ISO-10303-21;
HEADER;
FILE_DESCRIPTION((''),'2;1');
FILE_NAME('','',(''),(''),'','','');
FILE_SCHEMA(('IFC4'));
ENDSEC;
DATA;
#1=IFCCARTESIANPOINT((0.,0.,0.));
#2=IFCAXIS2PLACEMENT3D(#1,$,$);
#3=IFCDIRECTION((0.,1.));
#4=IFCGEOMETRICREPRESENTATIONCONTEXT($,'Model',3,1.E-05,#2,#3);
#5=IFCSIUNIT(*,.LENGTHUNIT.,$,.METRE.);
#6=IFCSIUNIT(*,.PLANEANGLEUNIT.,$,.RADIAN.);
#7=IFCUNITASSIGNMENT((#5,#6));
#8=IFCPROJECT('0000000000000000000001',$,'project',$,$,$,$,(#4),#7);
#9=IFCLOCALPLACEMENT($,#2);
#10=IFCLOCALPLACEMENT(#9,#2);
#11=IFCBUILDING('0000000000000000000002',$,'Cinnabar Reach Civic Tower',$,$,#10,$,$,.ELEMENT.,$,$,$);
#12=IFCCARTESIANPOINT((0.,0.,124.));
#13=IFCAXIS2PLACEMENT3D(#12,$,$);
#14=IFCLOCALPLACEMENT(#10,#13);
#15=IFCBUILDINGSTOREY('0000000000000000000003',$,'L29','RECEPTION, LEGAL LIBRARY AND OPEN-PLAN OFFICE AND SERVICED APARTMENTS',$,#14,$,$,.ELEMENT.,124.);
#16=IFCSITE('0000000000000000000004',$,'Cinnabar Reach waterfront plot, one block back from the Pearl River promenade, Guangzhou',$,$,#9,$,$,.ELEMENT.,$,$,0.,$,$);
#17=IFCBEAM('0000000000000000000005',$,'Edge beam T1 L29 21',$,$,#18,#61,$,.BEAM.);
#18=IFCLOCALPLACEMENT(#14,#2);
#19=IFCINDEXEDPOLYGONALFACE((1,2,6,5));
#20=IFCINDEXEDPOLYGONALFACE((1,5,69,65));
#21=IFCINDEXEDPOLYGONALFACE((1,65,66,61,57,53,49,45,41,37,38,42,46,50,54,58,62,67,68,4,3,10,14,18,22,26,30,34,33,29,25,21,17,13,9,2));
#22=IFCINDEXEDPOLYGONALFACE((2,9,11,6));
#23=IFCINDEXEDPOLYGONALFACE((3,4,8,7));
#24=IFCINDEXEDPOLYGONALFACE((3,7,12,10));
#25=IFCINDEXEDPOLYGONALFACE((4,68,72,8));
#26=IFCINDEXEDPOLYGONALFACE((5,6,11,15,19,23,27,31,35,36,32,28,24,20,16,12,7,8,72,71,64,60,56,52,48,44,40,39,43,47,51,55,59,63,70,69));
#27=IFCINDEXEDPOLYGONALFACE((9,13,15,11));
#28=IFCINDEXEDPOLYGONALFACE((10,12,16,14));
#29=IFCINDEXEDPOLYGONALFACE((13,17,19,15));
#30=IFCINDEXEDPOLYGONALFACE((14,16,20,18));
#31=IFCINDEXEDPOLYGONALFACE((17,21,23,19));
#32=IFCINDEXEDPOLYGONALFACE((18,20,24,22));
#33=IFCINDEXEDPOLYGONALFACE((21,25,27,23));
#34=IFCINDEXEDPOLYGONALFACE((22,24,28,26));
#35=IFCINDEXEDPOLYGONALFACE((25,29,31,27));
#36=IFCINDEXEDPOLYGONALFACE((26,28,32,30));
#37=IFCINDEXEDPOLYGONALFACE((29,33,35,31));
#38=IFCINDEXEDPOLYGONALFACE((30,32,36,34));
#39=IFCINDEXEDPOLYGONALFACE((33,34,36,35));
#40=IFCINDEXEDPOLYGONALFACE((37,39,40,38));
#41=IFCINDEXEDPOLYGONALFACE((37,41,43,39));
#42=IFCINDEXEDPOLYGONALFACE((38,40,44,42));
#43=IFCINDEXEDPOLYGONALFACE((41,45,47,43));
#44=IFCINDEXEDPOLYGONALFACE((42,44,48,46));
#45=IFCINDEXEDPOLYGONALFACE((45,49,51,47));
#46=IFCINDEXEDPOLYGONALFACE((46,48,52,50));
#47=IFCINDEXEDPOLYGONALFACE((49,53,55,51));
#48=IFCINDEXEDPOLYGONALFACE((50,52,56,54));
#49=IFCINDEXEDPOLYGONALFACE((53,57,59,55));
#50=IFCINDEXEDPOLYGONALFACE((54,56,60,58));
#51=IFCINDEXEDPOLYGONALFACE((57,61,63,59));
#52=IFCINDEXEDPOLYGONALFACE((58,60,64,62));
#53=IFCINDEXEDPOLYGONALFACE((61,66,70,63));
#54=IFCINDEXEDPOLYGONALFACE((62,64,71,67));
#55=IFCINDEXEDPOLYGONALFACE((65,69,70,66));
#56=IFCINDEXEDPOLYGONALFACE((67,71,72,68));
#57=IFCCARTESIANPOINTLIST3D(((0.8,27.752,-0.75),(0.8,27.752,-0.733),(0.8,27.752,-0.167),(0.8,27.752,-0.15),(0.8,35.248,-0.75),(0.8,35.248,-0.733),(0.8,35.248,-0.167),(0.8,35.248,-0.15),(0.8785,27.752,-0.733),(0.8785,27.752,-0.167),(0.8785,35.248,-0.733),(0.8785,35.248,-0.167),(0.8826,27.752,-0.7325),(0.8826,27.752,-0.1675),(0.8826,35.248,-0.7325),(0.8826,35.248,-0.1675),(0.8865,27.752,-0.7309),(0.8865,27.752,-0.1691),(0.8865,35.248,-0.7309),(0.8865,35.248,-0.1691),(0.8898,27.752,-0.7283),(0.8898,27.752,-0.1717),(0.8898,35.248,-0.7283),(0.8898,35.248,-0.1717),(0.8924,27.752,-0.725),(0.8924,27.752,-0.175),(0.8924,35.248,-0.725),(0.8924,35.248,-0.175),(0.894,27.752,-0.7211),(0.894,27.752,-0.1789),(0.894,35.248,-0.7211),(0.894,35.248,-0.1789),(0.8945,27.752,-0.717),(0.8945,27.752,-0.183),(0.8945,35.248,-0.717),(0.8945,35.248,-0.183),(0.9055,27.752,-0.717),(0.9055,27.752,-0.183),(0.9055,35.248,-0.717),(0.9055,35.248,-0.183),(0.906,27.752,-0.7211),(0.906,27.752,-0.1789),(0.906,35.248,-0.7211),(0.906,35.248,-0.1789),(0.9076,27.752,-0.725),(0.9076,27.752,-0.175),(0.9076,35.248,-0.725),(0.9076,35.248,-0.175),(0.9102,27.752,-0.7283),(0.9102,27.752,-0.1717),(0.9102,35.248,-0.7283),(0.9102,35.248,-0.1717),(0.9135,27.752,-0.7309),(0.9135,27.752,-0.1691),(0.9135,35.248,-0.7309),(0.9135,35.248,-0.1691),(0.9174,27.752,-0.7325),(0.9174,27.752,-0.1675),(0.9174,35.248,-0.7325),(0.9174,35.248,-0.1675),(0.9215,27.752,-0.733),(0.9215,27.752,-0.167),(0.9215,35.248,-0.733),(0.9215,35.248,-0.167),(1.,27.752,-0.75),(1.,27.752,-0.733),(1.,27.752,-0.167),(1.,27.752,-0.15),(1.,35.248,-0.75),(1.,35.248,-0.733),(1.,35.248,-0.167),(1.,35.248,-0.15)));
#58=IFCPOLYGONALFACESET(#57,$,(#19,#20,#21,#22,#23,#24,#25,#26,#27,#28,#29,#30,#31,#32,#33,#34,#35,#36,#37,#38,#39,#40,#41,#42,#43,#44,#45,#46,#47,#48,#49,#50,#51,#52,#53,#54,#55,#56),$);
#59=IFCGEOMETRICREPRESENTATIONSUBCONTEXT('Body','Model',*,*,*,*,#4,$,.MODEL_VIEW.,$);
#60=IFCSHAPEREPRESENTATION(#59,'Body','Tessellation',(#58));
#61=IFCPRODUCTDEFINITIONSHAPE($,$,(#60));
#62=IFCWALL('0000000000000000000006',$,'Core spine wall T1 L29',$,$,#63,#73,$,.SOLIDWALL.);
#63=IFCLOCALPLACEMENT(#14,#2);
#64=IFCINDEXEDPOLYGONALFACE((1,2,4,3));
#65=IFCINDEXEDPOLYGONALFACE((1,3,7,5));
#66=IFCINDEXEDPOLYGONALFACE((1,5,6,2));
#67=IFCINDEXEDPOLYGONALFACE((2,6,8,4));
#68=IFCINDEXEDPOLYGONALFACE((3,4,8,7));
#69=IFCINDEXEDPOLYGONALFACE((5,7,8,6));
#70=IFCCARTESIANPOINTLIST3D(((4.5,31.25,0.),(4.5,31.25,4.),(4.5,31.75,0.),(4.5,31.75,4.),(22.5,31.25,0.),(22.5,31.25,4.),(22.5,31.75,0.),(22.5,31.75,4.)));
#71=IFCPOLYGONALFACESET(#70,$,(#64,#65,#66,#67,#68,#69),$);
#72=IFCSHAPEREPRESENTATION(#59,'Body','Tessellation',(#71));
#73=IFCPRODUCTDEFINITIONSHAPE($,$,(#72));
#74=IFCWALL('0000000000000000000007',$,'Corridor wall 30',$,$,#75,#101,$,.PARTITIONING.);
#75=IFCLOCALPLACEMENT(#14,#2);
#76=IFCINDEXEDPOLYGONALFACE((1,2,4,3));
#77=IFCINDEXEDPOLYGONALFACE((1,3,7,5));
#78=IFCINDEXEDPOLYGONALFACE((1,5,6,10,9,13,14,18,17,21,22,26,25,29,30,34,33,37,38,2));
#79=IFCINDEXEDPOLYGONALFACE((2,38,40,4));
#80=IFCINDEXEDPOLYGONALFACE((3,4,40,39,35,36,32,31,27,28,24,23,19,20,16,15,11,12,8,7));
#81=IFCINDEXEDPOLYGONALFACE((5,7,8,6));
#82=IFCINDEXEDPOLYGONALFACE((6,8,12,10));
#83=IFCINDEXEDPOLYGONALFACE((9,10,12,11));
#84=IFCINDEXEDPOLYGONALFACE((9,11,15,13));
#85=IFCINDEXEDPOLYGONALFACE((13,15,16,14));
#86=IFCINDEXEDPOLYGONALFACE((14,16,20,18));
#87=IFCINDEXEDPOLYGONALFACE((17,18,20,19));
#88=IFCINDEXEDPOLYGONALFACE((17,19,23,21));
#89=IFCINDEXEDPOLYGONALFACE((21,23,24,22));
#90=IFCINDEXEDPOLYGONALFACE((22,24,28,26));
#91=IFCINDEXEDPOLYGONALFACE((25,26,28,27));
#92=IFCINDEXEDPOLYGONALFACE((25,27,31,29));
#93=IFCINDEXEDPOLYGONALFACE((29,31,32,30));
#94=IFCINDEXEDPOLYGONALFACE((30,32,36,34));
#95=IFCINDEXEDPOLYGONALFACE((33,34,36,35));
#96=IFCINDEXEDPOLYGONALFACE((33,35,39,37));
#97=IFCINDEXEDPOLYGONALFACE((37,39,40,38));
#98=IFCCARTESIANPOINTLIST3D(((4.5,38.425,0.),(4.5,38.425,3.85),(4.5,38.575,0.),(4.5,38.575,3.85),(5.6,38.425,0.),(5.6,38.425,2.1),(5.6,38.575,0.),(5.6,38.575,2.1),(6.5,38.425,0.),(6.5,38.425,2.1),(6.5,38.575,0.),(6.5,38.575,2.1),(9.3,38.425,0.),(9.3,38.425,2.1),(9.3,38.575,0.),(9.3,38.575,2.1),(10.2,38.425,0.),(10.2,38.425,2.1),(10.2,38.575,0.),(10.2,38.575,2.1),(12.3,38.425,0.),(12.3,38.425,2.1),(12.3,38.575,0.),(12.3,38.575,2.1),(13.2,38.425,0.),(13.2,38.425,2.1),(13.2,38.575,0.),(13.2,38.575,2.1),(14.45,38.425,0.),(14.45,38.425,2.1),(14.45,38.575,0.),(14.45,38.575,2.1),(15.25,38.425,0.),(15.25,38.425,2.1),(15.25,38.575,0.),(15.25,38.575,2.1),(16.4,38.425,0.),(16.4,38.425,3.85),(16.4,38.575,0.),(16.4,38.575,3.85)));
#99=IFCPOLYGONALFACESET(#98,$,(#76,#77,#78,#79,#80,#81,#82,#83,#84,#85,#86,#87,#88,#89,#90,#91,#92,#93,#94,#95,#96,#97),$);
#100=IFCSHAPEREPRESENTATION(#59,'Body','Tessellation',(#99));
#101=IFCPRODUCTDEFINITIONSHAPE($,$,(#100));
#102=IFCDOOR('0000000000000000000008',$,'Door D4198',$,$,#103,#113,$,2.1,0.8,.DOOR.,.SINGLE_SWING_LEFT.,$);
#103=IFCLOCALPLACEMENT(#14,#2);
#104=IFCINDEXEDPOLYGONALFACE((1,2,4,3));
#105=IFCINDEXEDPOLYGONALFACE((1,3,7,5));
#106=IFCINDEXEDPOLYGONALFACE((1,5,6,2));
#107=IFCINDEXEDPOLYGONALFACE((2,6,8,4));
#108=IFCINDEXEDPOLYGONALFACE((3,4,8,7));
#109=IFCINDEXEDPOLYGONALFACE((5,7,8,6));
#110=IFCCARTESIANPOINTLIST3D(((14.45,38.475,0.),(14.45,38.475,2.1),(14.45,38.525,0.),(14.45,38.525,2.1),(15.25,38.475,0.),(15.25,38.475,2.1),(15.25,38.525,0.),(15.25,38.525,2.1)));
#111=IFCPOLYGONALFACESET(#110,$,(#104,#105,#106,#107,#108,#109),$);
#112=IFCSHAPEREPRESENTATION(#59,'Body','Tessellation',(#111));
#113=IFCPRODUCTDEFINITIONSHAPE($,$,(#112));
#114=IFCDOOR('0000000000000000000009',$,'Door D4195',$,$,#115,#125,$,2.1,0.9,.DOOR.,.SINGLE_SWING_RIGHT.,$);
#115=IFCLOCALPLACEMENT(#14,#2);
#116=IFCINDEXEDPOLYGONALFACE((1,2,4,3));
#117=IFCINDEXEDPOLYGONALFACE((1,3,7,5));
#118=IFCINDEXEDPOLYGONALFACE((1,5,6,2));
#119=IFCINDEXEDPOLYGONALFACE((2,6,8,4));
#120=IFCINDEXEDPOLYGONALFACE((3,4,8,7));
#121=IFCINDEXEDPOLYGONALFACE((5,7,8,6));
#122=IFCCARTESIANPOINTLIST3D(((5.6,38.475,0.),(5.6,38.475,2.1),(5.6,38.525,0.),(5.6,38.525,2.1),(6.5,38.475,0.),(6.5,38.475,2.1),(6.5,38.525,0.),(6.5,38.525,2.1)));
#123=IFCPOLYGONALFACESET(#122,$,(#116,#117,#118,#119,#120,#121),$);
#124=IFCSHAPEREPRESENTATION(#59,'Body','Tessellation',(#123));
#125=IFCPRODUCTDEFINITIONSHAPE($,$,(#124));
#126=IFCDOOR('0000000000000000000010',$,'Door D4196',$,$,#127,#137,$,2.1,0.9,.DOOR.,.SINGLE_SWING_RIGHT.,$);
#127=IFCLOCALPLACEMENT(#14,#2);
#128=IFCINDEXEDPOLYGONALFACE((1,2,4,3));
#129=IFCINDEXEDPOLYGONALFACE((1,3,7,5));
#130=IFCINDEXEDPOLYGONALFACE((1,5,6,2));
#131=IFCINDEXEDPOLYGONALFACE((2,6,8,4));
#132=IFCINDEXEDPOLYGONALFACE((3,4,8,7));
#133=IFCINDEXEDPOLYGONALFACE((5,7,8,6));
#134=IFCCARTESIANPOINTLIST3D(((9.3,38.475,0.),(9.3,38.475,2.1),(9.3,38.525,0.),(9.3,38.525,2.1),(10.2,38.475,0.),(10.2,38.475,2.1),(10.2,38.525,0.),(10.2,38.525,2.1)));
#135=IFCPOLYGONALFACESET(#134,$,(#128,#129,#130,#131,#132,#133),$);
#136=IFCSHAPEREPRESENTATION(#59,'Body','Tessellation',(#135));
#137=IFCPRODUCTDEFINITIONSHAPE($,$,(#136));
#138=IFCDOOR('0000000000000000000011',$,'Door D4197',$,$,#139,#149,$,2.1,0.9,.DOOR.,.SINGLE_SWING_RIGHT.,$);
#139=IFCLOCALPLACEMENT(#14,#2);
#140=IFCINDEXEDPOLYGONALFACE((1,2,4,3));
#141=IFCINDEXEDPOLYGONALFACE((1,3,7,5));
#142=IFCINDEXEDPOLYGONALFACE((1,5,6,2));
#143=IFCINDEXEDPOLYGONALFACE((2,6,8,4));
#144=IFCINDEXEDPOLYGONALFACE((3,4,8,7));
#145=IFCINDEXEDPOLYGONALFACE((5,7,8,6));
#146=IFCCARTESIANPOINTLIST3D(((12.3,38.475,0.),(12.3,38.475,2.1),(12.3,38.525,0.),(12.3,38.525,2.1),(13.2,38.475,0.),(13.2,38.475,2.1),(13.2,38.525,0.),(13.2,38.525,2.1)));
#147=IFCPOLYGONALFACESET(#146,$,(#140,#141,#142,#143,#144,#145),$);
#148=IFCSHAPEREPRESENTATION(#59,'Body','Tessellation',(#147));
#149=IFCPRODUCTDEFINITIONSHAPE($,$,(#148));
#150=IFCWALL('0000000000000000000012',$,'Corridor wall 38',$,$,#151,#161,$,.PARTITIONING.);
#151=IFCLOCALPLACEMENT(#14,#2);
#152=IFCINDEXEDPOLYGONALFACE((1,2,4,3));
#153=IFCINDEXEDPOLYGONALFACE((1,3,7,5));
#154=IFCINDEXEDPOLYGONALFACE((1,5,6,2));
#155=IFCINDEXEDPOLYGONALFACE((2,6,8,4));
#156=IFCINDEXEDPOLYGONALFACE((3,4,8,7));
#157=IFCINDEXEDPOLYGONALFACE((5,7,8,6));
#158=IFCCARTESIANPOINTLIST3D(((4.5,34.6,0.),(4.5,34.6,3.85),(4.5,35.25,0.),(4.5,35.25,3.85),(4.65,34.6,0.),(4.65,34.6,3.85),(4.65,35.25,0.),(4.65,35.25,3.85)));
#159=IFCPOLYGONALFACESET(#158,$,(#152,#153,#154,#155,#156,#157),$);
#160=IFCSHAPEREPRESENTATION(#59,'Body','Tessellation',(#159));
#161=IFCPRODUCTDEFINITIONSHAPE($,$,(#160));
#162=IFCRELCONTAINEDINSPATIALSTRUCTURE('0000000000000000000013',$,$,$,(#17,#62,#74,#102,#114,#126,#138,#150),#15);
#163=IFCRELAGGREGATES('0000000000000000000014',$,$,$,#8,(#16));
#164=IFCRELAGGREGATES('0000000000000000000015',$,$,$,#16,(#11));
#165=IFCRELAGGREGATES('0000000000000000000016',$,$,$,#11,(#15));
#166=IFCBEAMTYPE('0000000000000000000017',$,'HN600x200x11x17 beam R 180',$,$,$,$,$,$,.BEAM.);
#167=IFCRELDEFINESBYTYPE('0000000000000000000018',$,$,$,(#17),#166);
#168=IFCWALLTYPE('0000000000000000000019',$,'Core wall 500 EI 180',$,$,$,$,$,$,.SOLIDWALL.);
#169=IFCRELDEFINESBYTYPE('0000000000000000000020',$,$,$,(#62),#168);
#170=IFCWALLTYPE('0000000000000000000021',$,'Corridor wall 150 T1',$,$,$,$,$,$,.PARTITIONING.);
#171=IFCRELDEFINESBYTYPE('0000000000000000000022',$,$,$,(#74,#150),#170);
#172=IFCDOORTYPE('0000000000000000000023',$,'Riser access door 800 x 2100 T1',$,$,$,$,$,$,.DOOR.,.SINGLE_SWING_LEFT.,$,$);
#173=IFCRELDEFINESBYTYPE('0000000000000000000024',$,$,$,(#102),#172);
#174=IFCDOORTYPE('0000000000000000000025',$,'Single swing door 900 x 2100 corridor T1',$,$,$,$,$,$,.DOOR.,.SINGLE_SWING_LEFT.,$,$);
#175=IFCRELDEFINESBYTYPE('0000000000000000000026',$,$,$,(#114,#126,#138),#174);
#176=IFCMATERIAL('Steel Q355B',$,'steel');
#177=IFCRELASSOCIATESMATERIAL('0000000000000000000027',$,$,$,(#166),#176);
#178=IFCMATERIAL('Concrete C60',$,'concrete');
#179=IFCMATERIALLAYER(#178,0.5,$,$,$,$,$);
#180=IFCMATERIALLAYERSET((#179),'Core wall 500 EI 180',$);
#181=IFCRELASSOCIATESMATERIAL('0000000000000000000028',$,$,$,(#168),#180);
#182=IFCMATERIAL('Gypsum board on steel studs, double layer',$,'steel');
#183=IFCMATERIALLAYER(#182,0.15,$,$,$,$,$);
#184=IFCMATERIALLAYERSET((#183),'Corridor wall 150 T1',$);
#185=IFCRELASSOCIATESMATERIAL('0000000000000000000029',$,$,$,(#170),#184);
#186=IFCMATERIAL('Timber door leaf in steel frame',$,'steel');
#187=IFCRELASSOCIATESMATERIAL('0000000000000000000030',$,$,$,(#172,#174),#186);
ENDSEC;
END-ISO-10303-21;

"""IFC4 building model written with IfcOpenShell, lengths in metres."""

from ifc_helpers import new_model, si_unit, direction, frame, frame_2d, origin, origin_2d, place, context, subcontext, project, spatial, rectangle, i_section, extrude, material, layer, layer_set, material_profile, profile_set, type_object, element, fill, save


model = new_model("IFC4")

# Units and contexts
model_context = context("Model", 3, precision=1e-05, world=origin(), true_north=direction((0.0, 1.0)))
body_context = subcontext(model_context, "Body", "Model", "MODEL_VIEW")
ifc_project = project(units=[si_unit("LENGTHUNIT", "METRE"), si_unit("PLANEANGLEUNIT", "RADIAN")], contexts=[model_context])

# Site, building, storey
site_placement = place(None, origin())
site = spatial("IfcSite", under=ifc_project, at=site_placement, Name="Cinnabar Reach waterfront plot, one block back from the Pearl River promenade, Guangzhou", CompositionType="ELEMENT", RefElevation=0.0)
building_placement = place(site_placement, origin())
building = spatial("IfcBuilding", under=site, at=building_placement, Name="Cinnabar Reach Civic Tower", CompositionType="ELEMENT")
storey_placement = place(building_placement, frame((0.0, 0.0, 124.0)))
storey = spatial("IfcBuildingStorey", under=building, at=storey_placement, Name="L29", Description="RECEPTION, LEGAL LIBRARY AND OPEN-PLAN OFFICE AND SERVICED APARTMENTS", CompositionType="ELEMENT", Elevation=124.0)

# Beam
ifc_material_1 = material(Name="Steel Q355B", Category="steel")
ifc_material_profile = material_profile(ifc_material_1, i_section(OverallWidth=0.2, OverallDepth=0.6, WebThickness=0.011, FlangeThickness=0.017, FilletRadius=0.016, at=origin_2d()), Name="HN600x200x11x17")
ifc_profile_set = profile_set([ifc_material_profile], Name="Steel Q355B")
beam_type = type_object("IfcBeamType", Name="HN600x200x11x17 beam R 180", PredefinedType="BEAM", material=ifc_profile_set)
beam_placement = place(storey_placement, frame((0.9, 35.248, -0.45), z_axis=(0.0, -1.0, 0.0), x_axis=(1.0, 0.0, 0.0)))
element("IfcBeam", 1, at=beam_placement, inside=storey, type_object=beam_type, Name="Edge beam T1 L29 21", PredefinedType="BEAM", context=body_context, shape_type="SweptSolid", body=[
    extrude(i_section(OverallWidth=0.2, OverallDepth=0.6, WebThickness=0.011, FlangeThickness=0.017, FilletRadius=0.016, at=origin_2d()), origin(), (0.0, 0.0, 1.0), 7.496),
])

# Wall
ifc_material_2 = material(Name="Concrete C60", Category="concrete")
ifc_layer_1 = layer(ifc_material_2, 0.5)
ifc_layer_set_1 = layer_set([ifc_layer_1], Name="Core wall 500 EI 180")
wall_type_1 = type_object("IfcWallType", Name="Core wall 500 EI 180", PredefinedType="SOLIDWALL", material=ifc_layer_set_1)
wall_1_placement = place(storey_placement, frame((4.5, 31.5, 0.0), z_axis=(0.0, 0.0, 1.0), x_axis=(1.0, 0.0, 0.0)))
element("IfcWall", 2, at=wall_1_placement, inside=storey, type_object=wall_type_1, Name="Core spine wall T1 L29", PredefinedType="SOLIDWALL", context=body_context, shape_type="SweptSolid", body=[
    extrude(rectangle(XDim=18.0, YDim=0.5, at=frame_2d((9.0, 0.0))), origin(), (0.0, 0.0, 1.0), 4.0),
])

# Wall, openings, doors
ifc_material_3 = material(Name="Gypsum board on steel studs, double layer", Category="steel")
ifc_layer_2 = layer(ifc_material_3, 0.15)
ifc_layer_set_2 = layer_set([ifc_layer_2], Name="Corridor wall 150 T1")
wall_type_2 = type_object("IfcWallType", Name="Corridor wall 150 T1", PredefinedType="PARTITIONING", material=ifc_layer_set_2)
wall_2_placement = place(storey_placement, frame((4.5, 38.5, 0.0), z_axis=(0.0, 0.0, 1.0), x_axis=(1.0, 0.0, 0.0)))
wall_2 = element("IfcWall", 3, at=wall_2_placement, inside=storey, type_object=wall_type_2, Name="Corridor wall 30", PredefinedType="PARTITIONING", context=body_context, shape_type="SweptSolid", body=[
    extrude(rectangle(XDim=11.9, YDim=0.15, at=frame_2d((5.95, 0.0))), origin(), (0.0, 0.0, 1.0), 3.85),
])
opening_1_placement = place(wall_2_placement, frame((1.1, 0.0, 0.0)))
opening_1 = element("IfcOpeningElement", 4, at=opening_1_placement, cuts=wall_2, PredefinedType="OPENING", context=body_context, shape_type="SweptSolid", body=[
    extrude(rectangle(XDim=0.9, YDim=2.1, at=frame_2d((0.45, 1.05))), frame((0.0, 0.085, 0.0), z_axis=(0.0, -1.0, 0.0), x_axis=(1.0, 0.0, 0.0)), (0.0, 0.0, 1.0), 0.17),
])
opening_2_placement = place(wall_2_placement, frame((4.8, 0.0, 0.0)))
opening_2 = element("IfcOpeningElement", 5, at=opening_2_placement, cuts=wall_2, PredefinedType="OPENING", context=body_context, shape_type="SweptSolid", body=[
    extrude(rectangle(XDim=0.9, YDim=2.1, at=frame_2d((0.45, 1.05))), frame((0.0, 0.085, 0.0), z_axis=(0.0, -1.0, 0.0), x_axis=(1.0, 0.0, 0.0)), (0.0, 0.0, 1.0), 0.17),
])
opening_3_placement = place(wall_2_placement, frame((7.8, 0.0, 0.0)))
opening_3 = element("IfcOpeningElement", 6, at=opening_3_placement, cuts=wall_2, PredefinedType="OPENING", context=body_context, shape_type="SweptSolid", body=[
    extrude(rectangle(XDim=0.9, YDim=2.1, at=frame_2d((0.45, 1.05))), frame((0.0, 0.085, 0.0), z_axis=(0.0, -1.0, 0.0), x_axis=(1.0, 0.0, 0.0)), (0.0, 0.0, 1.0), 0.17),
])
opening_4_placement = place(wall_2_placement, frame((9.95, 0.0, 0.0)))
opening_4 = element("IfcOpeningElement", 7, at=opening_4_placement, cuts=wall_2, PredefinedType="OPENING", context=body_context, shape_type="SweptSolid", body=[
    extrude(rectangle(XDim=0.8, YDim=2.1, at=frame_2d((0.4, 1.05))), frame((0.0, 0.085, 0.0), z_axis=(0.0, -1.0, 0.0), x_axis=(1.0, 0.0, 0.0)), (0.0, 0.0, 1.0), 0.17),
])
ifc_material_4 = material(Name="Timber door leaf in steel frame", Category="steel")
door_type_1 = type_object("IfcDoorType", Name="Riser access door 800 x 2100 T1", OperationType="SINGLE_SWING_LEFT", PredefinedType="DOOR", material=ifc_material_4)
door_1_placement = place(opening_4_placement, origin())
door_1 = element("IfcDoor", 8, at=door_1_placement, inside=storey, type_object=door_type_1, Name="Door D4198", OperationType="SINGLE_SWING_LEFT", OverallHeight=2.1, OverallWidth=0.8, PredefinedType="DOOR", context=body_context, shape_type="SweptSolid", body=[
    extrude(rectangle(XDim=0.8, YDim=2.1, at=frame_2d((0.4, 1.05))), frame((0.0, 0.025, 0.0), z_axis=(0.0, -1.0, 0.0), x_axis=(1.0, 0.0, 0.0)), (0.0, 0.0, 1.0), 0.05),
])
fill(opening_4, door_1)
door_type_2 = type_object("IfcDoorType", Name="Single swing door 900 x 2100 corridor T1", OperationType="SINGLE_SWING_LEFT", PredefinedType="DOOR", material=ifc_material_4)
door_2_placement = place(opening_1_placement, origin())
door_2 = element("IfcDoor", 9, at=door_2_placement, inside=storey, type_object=door_type_2, Name="Door D4195", OperationType="SINGLE_SWING_RIGHT", OverallHeight=2.1, OverallWidth=0.9, PredefinedType="DOOR", context=body_context, shape_type="SweptSolid", body=[
    extrude(rectangle(XDim=0.9, YDim=2.1, at=frame_2d((0.45, 1.05))), frame((0.0, 0.025, 0.0), z_axis=(0.0, -1.0, 0.0), x_axis=(1.0, 0.0, 0.0)), (0.0, 0.0, 1.0), 0.05),
])
fill(opening_1, door_2)
door_3_placement = place(opening_2_placement, origin())
door_3 = element("IfcDoor", 10, at=door_3_placement, inside=storey, type_object=door_type_2, Name="Door D4196", OperationType="SINGLE_SWING_RIGHT", OverallHeight=2.1, OverallWidth=0.9, PredefinedType="DOOR", context=body_context, shape_type="SweptSolid", body=[
    extrude(rectangle(XDim=0.9, YDim=2.1, at=frame_2d((0.45, 1.05))), frame((0.0, 0.025, 0.0), z_axis=(0.0, -1.0, 0.0), x_axis=(1.0, 0.0, 0.0)), (0.0, 0.0, 1.0), 0.05),
])
fill(opening_2, door_3)
door_4_placement = place(opening_3_placement, origin())
door_4 = element("IfcDoor", 11, at=door_4_placement, inside=storey, type_object=door_type_2, Name="Door D4197", OperationType="SINGLE_SWING_RIGHT", OverallHeight=2.1, OverallWidth=0.9, PredefinedType="DOOR", context=body_context, shape_type="SweptSolid", body=[
    extrude(rectangle(XDim=0.9, YDim=2.1, at=frame_2d((0.45, 1.05))), frame((0.0, 0.025, 0.0), z_axis=(0.0, -1.0, 0.0), x_axis=(1.0, 0.0, 0.0)), (0.0, 0.0, 1.0), 0.05),
])
fill(opening_3, door_4)

# Wall
wall_3_placement = place(storey_placement, frame((4.575, 34.6, 0.0), z_axis=(0.0, 0.0, 1.0), x_axis=(0.0, 1.0, 0.0)))
element("IfcWall", 12, at=wall_3_placement, inside=storey, type_object=wall_type_2, Name="Corridor wall 38", PredefinedType="PARTITIONING", context=body_context, shape_type="SweptSolid", body=[
    extrude(rectangle(XDim=0.65, YDim=0.15, at=frame_2d((0.325, 0.0))), origin(), (0.0, 0.0, 1.0), 3.85),
])

save(model, "model.ifc")
